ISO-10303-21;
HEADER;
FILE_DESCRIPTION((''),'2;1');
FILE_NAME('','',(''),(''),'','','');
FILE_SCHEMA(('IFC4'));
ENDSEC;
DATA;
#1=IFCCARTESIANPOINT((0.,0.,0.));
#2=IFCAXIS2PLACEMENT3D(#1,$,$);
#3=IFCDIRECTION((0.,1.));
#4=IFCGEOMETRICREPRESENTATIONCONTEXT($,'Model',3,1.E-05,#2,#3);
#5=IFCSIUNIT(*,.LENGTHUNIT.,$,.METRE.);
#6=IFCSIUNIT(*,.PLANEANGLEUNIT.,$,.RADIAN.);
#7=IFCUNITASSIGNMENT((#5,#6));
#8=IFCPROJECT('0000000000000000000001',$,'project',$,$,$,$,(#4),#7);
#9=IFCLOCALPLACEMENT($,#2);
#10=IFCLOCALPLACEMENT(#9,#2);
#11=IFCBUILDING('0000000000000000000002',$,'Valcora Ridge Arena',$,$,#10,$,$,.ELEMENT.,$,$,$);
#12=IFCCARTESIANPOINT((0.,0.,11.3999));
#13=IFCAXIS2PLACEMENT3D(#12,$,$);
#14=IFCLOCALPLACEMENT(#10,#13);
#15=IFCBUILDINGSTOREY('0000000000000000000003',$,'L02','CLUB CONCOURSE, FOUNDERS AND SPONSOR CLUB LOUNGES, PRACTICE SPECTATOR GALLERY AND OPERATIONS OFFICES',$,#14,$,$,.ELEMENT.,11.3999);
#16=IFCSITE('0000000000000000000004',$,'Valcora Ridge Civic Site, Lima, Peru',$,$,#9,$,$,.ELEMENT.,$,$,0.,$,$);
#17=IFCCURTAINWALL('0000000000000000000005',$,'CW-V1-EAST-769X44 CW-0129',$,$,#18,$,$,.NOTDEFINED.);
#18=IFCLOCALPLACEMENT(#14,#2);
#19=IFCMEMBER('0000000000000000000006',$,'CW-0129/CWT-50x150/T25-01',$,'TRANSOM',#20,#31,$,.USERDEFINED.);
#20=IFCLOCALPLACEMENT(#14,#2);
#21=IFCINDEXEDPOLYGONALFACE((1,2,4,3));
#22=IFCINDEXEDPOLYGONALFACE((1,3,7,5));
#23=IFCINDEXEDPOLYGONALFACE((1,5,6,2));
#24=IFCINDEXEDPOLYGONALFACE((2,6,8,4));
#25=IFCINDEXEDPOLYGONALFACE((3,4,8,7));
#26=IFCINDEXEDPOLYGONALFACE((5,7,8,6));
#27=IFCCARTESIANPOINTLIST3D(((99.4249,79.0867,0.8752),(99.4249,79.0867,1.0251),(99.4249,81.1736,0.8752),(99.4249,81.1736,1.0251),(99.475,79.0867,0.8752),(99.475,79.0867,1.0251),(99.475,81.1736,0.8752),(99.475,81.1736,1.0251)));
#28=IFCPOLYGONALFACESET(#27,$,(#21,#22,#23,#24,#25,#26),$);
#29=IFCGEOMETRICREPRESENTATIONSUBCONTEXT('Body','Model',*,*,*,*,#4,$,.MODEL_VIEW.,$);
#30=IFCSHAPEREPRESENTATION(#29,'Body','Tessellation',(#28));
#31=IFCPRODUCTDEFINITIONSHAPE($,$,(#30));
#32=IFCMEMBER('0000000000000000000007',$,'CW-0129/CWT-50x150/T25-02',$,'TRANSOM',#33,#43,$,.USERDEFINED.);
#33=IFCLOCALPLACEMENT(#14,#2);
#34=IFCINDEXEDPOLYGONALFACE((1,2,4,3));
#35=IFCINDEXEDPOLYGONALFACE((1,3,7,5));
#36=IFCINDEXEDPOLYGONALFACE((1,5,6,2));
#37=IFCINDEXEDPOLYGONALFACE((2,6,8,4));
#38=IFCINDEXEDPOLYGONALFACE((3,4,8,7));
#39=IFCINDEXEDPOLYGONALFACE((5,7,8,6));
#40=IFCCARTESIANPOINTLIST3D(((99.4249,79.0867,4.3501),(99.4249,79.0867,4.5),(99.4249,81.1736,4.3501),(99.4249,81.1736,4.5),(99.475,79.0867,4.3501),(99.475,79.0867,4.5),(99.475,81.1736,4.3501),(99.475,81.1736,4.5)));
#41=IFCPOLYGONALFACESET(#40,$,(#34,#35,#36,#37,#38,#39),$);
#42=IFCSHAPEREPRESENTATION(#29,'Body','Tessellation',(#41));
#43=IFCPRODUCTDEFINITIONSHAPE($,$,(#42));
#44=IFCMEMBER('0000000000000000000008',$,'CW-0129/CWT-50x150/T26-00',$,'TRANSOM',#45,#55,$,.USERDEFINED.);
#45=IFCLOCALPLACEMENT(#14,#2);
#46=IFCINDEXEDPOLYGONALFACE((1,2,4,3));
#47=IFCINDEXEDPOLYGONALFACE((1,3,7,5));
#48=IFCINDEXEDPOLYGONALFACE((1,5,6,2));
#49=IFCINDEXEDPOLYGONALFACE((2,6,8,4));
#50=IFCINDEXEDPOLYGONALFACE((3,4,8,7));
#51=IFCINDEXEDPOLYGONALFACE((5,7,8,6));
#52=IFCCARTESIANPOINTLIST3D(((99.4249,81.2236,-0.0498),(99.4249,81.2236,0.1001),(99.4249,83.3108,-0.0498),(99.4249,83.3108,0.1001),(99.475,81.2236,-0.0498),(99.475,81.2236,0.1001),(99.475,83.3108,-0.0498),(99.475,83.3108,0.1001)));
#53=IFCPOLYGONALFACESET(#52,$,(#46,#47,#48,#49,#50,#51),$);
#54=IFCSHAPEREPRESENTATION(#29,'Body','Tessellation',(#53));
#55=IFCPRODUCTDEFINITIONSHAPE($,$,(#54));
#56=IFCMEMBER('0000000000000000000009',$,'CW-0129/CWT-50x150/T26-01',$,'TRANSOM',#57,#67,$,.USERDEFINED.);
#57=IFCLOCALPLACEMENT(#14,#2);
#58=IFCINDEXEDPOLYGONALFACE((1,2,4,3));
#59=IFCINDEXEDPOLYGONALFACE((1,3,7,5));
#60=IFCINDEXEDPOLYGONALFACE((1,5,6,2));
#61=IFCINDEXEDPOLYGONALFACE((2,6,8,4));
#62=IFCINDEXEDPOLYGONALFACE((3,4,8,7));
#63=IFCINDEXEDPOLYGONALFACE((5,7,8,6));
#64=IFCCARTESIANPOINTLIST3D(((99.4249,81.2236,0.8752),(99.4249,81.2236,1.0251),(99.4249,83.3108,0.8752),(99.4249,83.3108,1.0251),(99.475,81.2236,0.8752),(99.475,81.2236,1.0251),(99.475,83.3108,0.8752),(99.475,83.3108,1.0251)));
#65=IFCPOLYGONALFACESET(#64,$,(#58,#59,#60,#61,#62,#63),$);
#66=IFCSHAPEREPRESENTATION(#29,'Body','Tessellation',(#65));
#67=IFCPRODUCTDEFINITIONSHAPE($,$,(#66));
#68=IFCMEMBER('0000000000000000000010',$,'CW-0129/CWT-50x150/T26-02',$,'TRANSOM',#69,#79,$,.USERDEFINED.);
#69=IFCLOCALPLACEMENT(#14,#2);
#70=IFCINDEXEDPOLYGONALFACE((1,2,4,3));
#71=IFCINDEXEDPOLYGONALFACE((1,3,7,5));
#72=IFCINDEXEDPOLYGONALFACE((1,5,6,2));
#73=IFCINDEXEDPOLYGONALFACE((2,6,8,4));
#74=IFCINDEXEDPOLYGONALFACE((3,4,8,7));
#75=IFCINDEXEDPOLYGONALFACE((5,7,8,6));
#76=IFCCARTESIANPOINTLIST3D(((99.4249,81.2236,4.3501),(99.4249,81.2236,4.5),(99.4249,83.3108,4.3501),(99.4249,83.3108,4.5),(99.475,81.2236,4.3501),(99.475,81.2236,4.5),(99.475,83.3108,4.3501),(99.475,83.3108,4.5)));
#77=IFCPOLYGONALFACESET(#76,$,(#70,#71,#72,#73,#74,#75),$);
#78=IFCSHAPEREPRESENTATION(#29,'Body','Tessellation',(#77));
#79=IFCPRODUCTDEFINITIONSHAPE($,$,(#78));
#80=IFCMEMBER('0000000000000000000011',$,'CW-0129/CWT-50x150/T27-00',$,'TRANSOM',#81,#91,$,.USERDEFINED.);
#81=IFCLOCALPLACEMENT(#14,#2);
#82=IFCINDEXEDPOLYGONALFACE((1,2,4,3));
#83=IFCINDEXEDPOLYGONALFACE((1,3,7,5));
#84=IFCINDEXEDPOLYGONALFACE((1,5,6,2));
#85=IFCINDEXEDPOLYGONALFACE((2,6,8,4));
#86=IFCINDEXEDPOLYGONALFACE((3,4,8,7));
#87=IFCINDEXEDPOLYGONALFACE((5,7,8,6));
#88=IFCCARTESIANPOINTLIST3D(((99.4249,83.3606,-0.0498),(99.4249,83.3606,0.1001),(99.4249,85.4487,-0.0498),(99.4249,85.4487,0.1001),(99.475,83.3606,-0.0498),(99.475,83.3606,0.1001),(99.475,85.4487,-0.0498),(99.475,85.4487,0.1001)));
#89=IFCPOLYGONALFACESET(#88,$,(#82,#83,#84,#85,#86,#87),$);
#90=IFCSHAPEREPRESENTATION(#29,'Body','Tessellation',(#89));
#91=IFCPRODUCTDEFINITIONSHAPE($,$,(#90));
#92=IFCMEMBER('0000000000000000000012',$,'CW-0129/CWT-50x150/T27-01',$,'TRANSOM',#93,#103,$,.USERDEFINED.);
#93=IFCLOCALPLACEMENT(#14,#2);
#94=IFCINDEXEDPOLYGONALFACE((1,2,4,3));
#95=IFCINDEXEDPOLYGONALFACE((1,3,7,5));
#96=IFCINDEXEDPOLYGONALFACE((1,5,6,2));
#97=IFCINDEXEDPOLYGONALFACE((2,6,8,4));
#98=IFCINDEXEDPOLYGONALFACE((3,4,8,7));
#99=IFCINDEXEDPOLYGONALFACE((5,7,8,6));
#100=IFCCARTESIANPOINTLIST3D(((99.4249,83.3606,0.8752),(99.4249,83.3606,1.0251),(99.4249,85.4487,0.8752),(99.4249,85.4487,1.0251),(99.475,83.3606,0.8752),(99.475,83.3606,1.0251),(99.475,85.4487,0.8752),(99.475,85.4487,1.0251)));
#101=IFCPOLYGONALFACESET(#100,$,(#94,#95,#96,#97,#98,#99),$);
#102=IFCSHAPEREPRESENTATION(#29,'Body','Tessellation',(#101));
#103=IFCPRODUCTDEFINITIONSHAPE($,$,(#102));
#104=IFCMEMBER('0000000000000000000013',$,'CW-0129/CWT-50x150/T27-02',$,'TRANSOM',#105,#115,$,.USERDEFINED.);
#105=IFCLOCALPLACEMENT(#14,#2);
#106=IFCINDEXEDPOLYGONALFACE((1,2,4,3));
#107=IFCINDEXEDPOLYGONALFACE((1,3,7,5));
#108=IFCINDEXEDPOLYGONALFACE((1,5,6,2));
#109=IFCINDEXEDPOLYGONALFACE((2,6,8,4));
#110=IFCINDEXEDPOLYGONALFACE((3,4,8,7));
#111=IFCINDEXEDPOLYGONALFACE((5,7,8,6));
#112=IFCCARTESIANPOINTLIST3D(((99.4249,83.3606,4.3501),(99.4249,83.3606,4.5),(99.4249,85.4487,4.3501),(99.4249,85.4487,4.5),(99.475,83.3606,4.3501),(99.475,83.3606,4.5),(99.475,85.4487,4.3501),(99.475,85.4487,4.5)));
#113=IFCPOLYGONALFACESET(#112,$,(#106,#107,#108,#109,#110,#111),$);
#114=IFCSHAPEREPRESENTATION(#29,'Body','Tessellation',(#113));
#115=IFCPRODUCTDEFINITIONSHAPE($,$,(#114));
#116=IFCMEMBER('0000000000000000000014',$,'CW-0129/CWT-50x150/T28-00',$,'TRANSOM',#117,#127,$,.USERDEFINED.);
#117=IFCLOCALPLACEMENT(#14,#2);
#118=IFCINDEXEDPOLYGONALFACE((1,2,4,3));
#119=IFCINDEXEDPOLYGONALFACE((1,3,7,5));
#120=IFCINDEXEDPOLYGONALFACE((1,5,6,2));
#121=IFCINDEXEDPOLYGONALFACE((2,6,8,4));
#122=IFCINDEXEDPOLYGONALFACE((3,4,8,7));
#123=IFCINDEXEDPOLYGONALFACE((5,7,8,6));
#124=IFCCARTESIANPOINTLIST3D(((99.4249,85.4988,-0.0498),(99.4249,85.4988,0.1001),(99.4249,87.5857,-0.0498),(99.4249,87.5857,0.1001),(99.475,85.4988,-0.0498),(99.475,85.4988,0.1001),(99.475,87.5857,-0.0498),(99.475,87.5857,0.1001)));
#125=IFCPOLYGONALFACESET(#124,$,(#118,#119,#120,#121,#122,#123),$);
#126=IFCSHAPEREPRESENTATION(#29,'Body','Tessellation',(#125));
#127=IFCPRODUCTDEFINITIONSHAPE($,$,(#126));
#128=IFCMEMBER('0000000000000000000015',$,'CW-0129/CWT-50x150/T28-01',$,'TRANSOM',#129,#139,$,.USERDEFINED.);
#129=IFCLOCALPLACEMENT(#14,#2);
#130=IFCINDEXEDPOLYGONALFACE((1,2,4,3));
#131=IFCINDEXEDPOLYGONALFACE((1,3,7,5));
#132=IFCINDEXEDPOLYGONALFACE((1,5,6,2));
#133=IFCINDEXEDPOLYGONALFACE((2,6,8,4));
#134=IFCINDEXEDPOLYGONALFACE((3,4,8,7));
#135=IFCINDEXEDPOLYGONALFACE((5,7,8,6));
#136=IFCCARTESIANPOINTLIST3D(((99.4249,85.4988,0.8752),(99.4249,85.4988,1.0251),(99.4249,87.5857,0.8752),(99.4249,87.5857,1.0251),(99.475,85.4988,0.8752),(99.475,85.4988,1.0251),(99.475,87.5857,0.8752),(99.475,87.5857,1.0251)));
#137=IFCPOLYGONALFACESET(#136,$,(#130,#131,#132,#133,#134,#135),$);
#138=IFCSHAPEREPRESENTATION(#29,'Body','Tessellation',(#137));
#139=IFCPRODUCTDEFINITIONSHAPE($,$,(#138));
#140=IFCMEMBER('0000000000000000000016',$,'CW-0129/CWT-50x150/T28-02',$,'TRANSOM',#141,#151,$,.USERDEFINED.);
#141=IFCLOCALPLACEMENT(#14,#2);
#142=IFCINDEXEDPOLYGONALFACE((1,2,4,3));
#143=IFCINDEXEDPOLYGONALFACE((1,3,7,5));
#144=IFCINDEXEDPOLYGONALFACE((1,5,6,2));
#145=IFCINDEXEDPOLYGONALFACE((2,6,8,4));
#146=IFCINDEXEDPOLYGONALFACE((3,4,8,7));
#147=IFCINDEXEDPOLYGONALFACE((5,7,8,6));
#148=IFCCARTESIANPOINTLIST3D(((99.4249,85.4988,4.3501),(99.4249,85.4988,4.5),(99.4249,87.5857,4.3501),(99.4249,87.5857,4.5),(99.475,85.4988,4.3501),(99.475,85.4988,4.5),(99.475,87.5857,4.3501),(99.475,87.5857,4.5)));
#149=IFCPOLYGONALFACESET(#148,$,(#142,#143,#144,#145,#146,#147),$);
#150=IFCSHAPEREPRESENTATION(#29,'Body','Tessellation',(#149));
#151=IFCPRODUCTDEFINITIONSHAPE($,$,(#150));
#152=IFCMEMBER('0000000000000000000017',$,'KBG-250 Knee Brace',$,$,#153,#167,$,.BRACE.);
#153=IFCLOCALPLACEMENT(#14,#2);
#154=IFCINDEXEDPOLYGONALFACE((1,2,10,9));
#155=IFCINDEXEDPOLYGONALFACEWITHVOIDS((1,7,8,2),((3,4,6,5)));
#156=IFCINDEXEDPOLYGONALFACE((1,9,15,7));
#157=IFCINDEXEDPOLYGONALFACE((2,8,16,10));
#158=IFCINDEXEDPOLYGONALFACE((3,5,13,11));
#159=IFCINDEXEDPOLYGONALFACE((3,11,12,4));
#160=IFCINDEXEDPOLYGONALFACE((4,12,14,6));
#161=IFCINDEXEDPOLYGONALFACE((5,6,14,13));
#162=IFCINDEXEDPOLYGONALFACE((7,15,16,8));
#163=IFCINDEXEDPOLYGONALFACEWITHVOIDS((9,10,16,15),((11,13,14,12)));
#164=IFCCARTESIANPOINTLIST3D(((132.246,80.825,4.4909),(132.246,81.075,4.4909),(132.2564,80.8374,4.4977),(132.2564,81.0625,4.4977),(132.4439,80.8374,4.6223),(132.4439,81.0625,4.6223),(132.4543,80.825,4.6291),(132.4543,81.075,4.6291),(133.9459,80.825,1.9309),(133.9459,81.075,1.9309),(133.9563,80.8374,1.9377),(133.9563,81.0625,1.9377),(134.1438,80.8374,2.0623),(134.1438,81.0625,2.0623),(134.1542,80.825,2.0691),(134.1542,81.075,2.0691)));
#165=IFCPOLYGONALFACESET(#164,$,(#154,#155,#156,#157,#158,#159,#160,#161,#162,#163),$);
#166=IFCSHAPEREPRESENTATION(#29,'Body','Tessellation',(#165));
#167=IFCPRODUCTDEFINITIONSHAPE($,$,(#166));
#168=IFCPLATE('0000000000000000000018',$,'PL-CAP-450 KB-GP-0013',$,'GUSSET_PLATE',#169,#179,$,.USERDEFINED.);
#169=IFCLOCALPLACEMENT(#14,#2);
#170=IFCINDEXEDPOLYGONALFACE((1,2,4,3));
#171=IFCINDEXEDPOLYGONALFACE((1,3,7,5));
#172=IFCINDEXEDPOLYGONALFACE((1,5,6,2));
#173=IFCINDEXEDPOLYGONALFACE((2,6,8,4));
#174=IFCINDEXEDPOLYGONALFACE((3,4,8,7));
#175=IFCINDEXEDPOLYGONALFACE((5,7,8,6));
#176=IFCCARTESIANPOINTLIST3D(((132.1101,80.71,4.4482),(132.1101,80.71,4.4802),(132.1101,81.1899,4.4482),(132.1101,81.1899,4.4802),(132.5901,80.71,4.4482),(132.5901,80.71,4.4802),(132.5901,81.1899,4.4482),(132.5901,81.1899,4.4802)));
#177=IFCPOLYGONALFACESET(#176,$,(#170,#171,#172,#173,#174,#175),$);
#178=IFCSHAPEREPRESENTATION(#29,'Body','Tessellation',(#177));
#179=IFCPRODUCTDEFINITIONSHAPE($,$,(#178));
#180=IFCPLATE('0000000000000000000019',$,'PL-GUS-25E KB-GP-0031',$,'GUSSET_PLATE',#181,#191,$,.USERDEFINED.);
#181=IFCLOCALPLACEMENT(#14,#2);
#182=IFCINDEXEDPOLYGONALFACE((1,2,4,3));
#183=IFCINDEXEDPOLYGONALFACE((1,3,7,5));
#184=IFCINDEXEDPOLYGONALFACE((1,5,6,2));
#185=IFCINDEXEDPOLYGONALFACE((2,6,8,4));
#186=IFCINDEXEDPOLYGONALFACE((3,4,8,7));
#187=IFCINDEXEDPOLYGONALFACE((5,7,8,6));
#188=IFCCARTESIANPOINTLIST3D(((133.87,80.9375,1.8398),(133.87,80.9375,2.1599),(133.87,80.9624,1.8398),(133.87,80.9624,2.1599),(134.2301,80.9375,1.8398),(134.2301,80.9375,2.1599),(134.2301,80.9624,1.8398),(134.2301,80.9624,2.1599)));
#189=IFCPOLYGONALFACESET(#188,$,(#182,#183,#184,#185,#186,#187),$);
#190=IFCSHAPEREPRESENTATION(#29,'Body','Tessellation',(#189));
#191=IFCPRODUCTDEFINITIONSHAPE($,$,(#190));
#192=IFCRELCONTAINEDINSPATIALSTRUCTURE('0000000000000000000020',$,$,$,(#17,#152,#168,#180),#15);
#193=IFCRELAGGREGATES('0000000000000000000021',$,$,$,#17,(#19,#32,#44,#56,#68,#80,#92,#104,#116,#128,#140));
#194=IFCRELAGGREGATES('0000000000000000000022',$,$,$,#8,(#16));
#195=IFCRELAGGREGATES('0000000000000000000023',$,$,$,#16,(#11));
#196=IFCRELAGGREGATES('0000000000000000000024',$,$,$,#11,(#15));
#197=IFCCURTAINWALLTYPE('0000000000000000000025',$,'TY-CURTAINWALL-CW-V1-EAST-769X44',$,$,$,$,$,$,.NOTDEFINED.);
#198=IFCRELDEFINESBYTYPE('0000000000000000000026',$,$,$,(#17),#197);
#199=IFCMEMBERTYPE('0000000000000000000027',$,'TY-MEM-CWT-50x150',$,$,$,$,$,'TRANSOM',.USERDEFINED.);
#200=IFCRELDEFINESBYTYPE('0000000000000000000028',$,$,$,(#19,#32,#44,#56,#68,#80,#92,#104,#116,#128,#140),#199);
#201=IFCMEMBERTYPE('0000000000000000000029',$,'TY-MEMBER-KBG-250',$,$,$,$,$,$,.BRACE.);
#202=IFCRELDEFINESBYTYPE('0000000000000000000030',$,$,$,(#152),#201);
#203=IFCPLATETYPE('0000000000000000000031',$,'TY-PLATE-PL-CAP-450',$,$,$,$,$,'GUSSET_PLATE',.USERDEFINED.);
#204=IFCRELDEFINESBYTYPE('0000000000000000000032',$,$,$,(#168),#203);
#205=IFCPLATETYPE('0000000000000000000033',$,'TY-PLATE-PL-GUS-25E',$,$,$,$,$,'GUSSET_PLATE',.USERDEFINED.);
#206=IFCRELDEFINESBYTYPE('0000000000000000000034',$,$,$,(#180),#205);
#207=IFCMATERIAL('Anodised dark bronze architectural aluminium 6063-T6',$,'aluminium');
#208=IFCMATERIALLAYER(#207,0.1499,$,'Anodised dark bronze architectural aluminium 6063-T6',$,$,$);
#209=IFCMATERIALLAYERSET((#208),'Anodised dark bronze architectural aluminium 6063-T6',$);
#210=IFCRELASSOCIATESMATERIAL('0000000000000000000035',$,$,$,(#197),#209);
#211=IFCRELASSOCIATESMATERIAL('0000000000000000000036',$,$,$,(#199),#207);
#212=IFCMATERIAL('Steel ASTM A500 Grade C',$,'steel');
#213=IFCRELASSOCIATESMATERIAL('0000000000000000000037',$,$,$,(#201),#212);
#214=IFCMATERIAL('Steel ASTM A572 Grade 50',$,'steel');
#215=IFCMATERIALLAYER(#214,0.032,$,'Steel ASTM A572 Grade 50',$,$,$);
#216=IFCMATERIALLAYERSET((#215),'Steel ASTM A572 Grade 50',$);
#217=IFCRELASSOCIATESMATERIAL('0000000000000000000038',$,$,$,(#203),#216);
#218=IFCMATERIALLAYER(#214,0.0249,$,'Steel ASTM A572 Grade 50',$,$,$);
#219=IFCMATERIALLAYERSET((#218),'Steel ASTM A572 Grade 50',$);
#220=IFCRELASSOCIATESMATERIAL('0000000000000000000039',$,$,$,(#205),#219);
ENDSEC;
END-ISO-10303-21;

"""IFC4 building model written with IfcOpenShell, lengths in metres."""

from ifc_helpers import new_model, si_unit, direction, frame, origin, origin_2d, place, context, subcontext, project, spatial, rectangle, hollow_rectangle, extrude, material, layer, layer_set, material_profile, profile_set, type_object, element, aggregate, save


model = new_model("IFC4")

# Units and contexts
model_context = context("Model", 3, precision=1e-05, world=origin(), true_north=direction((0.0, 1.0)))
body_context = subcontext(model_context, "Body", "Model", "MODEL_VIEW")
ifc_project = project(units=[si_unit("LENGTHUNIT", "METRE"), si_unit("PLANEANGLEUNIT", "RADIAN")], contexts=[model_context])

# Site, building, storey
site_placement = place(None, origin())
site = spatial("IfcSite", under=ifc_project, at=site_placement, Name="Valcora Ridge Civic Site, Lima, Peru", CompositionType="ELEMENT", RefElevation=0.0)
building_placement = place(site_placement, origin())
building = spatial("IfcBuilding", under=site, at=building_placement, Name="Valcora Ridge Arena", CompositionType="ELEMENT")
storey_placement = place(building_placement, frame((0.0, 0.0, 11.3999)))
storey = spatial("IfcBuildingStorey", under=building, at=storey_placement, Name="L02", Description="CLUB CONCOURSE, FOUNDERS AND SPONSOR CLUB LOUNGES, PRACTICE SPECTATOR GALLERY AND OPERATIONS OFFICES", CompositionType="ELEMENT", Elevation=11.3999)

# Shared definitions
ifc_material_1 = material(Name="Steel ASTM A500 Grade C", Category="steel")

# Curtain wall, members
ifc_material_2 = material(Name="Anodised dark bronze architectural aluminium 6063-T6", Category="aluminium")
ifc_layer_1 = layer(ifc_material_2, 0.1499, Name="Anodised dark bronze architectural aluminium 6063-T6")
ifc_layer_set_1 = layer_set([ifc_layer_1], Name="Anodised dark bronze architectural aluminium 6063-T6")
curtain_wall_type = type_object("IfcCurtainWallType", Name="TY-CURTAINWALL-CW-V1-EAST-769X44", PredefinedType="NOTDEFINED", material=ifc_layer_set_1)
curtain_wall_placement = place(storey_placement, origin())
curtain_wall = element("IfcCurtainWall", 1, at=curtain_wall_placement, inside=storey, type_object=curtain_wall_type, Name="CW-V1-EAST-769X44 CW-0129", PredefinedType="NOTDEFINED")
ifc_material_profile_1 = material_profile(ifc_material_2, rectangle(XDim=0.05, YDim=0.1499, at=origin_2d()), Name="ALU TRANSOM 50x150")
ifc_profile_set_1 = profile_set([ifc_material_profile_1], Name="Anodised dark bronze architectural aluminium 6063-T6")
member_type_1 = type_object("IfcMemberType", Name="TY-MEM-CWT-50x150", ElementType="TRANSOM", PredefinedType="USERDEFINED", material=ifc_profile_set_1)
member_1_placement = place(storey_placement, frame((99.45, 79.0867, 0.9502), z_axis=(0.0, 1.0, 0.0), x_axis=(-1.0, 0.0, 0.0)))
member_1 = element("IfcMember", 2, at=member_1_placement, type_object=member_type_1, Name="CW-0129/CWT-50x150/T25-01", ObjectType="TRANSOM", PredefinedType="USERDEFINED", context=body_context, shape_type="SweptSolid", body=[
    extrude(rectangle(XDim=0.05, YDim=0.1499, at=origin_2d()), origin(), (0.0, 0.0, 1.0), 2.0869),
])
member_2_placement = place(storey_placement, frame((99.45, 79.0867, 4.425), z_axis=(0.0, 1.0, 0.0), x_axis=(-1.0, 0.0, 0.0)))
member_2 = element("IfcMember", 3, at=member_2_placement, type_object=member_type_1, Name="CW-0129/CWT-50x150/T25-02", ObjectType="TRANSOM", PredefinedType="USERDEFINED", context=body_context, shape_type="SweptSolid", body=[
    extrude(rectangle(XDim=0.05, YDim=0.1499, at=origin_2d()), origin(), (0.0, 0.0, 1.0), 2.0869),
])
member_3_placement = place(storey_placement, frame((99.45, 81.2236, 0.0251), z_axis=(0.0, 1.0, 0.0), x_axis=(-1.0, 0.0, 0.0)))
member_3 = element("IfcMember", 4, at=member_3_placement, type_object=member_type_1, Name="CW-0129/CWT-50x150/T26-00", ObjectType="TRANSOM", PredefinedType="USERDEFINED", context=body_context, shape_type="SweptSolid", body=[
    extrude(rectangle(XDim=0.05, YDim=0.1499, at=origin_2d()), origin(), (0.0, 0.0, 1.0), 2.0872),
])
member_4_placement = place(storey_placement, frame((99.45, 81.2236, 0.9502), z_axis=(0.0, 1.0, 0.0), x_axis=(-1.0, 0.0, 0.0)))
member_4 = element("IfcMember", 5, at=member_4_placement, type_object=member_type_1, Name="CW-0129/CWT-50x150/T26-01", ObjectType="TRANSOM", PredefinedType="USERDEFINED", context=body_context, shape_type="SweptSolid", body=[
    extrude(rectangle(XDim=0.05, YDim=0.1499, at=origin_2d()), origin(), (0.0, 0.0, 1.0), 2.0872),
])
member_5_placement = place(storey_placement, frame((99.45, 81.2236, 4.425), z_axis=(0.0, 1.0, 0.0), x_axis=(-1.0, 0.0, 0.0)))
member_5 = element("IfcMember", 6, at=member_5_placement, type_object=member_type_1, Name="CW-0129/CWT-50x150/T26-02", ObjectType="TRANSOM", PredefinedType="USERDEFINED", context=body_context, shape_type="SweptSolid", body=[
    extrude(rectangle(XDim=0.05, YDim=0.1499, at=origin_2d()), origin(), (0.0, 0.0, 1.0), 2.0872),
])
member_6_placement = place(storey_placement, frame((99.45, 83.3606, 0.0251), z_axis=(0.0, 1.0, 0.0), x_axis=(-1.0, 0.0, 0.0)))
member_6 = element("IfcMember", 7, at=member_6_placement, type_object=member_type_1, Name="CW-0129/CWT-50x150/T27-00", ObjectType="TRANSOM", PredefinedType="USERDEFINED", context=body_context, shape_type="SweptSolid", body=[
    extrude(rectangle(XDim=0.05, YDim=0.1499, at=origin_2d()), origin(), (0.0, 0.0, 1.0), 2.0881),
])
member_7_placement = place(storey_placement, frame((99.45, 83.3606, 0.9502), z_axis=(0.0, 1.0, 0.0), x_axis=(-1.0, 0.0, 0.0)))
member_7 = element("IfcMember", 8, at=member_7_placement, type_object=member_type_1, Name="CW-0129/CWT-50x150/T27-01", ObjectType="TRANSOM", PredefinedType="USERDEFINED", context=body_context, shape_type="SweptSolid", body=[
    extrude(rectangle(XDim=0.05, YDim=0.1499, at=origin_2d()), origin(), (0.0, 0.0, 1.0), 2.0881),
])
member_8_placement = place(storey_placement, frame((99.45, 83.3606, 4.425), z_axis=(0.0, 1.0, 0.0), x_axis=(-1.0, 0.0, 0.0)))
member_8 = element("IfcMember", 9, at=member_8_placement, type_object=member_type_1, Name="CW-0129/CWT-50x150/T27-02", ObjectType="TRANSOM", PredefinedType="USERDEFINED", context=body_context, shape_type="SweptSolid", body=[
    extrude(rectangle(XDim=0.05, YDim=0.1499, at=origin_2d()), origin(), (0.0, 0.0, 1.0), 2.0881),
])
member_9_placement = place(storey_placement, frame((99.45, 85.4988, 0.0251), z_axis=(0.0, 1.0, 0.0), x_axis=(-1.0, 0.0, 0.0)))
member_9 = element("IfcMember", 10, at=member_9_placement, type_object=member_type_1, Name="CW-0129/CWT-50x150/T28-00", ObjectType="TRANSOM", PredefinedType="USERDEFINED", context=body_context, shape_type="SweptSolid", body=[
    extrude(rectangle(XDim=0.05, YDim=0.1499, at=origin_2d()), origin(), (0.0, 0.0, 1.0), 2.0869),
])
member_10_placement = place(storey_placement, frame((99.45, 85.4988, 0.9502), z_axis=(0.0, 1.0, 0.0), x_axis=(-1.0, 0.0, 0.0)))
member_10 = element("IfcMember", 11, at=member_10_placement, type_object=member_type_1, Name="CW-0129/CWT-50x150/T28-01", ObjectType="TRANSOM", PredefinedType="USERDEFINED", context=body_context, shape_type="SweptSolid", body=[
    extrude(rectangle(XDim=0.05, YDim=0.1499, at=origin_2d()), origin(), (0.0, 0.0, 1.0), 2.0869),
])
member_11_placement = place(storey_placement, frame((99.45, 85.4988, 4.425), z_axis=(0.0, 1.0, 0.0), x_axis=(-1.0, 0.0, 0.0)))
member_11 = element("IfcMember", 12, at=member_11_placement, type_object=member_type_1, Name="CW-0129/CWT-50x150/T28-02", ObjectType="TRANSOM", PredefinedType="USERDEFINED", context=body_context, shape_type="SweptSolid", body=[
    extrude(rectangle(XDim=0.05, YDim=0.1499, at=origin_2d()), origin(), (0.0, 0.0, 1.0), 2.0869),
])

# Member
ifc_material_profile_2 = material_profile(ifc_material_1, hollow_rectangle(XDim=0.25, YDim=0.25, WallThickness=0.0125, at=origin_2d()), Name="HSS250X250X12")
ifc_profile_set_2 = profile_set([ifc_material_profile_2], Name="Steel ASTM A500 Grade C")
member_type_2 = type_object("IfcMemberType", Name="TY-MEMBER-KBG-250", PredefinedType="BRACE", material=ifc_profile_set_2)
member_12_placement = place(storey_placement, frame((134.05, 80.95, 2.0), z_axis=(-0.553178, 0.0, 0.833063), x_axis=(0.0, -1.0, 0.0)))
element("IfcMember", 13, at=member_12_placement, inside=storey, type_object=member_type_2, Name="KBG-250 Knee Brace", PredefinedType="BRACE", context=body_context, shape_type="SweptSolid", body=[
    extrude(hollow_rectangle(XDim=0.25, YDim=0.25, WallThickness=0.0125, at=origin_2d()), origin(), (0.0, 0.0, 1.0), 3.073),
])

# Plates
ifc_material_3 = material(Name="Steel ASTM A572 Grade 50", Category="steel")
ifc_layer_2 = layer(ifc_material_3, 0.032, Name="Steel ASTM A572 Grade 50")
ifc_layer_set_2 = layer_set([ifc_layer_2], Name="Steel ASTM A572 Grade 50")
plate_type_1 = type_object("IfcPlateType", Name="TY-PLATE-PL-CAP-450", ElementType="GUSSET_PLATE", PredefinedType="USERDEFINED", material=ifc_layer_set_2)
plate_1_placement = place(storey_placement, frame((132.3501, 80.95, 4.4482), z_axis=(0.0, 0.0, 1.0), x_axis=(1.0, 0.0, 0.0)))
element("IfcPlate", 14, at=plate_1_placement, inside=storey, type_object=plate_type_1, Name="PL-CAP-450 KB-GP-0013", ObjectType="GUSSET_PLATE", PredefinedType="USERDEFINED", context=body_context, shape_type="SweptSolid", body=[
    extrude(rectangle(XDim=0.48, YDim=0.48, at=origin_2d()), origin(), (0.0, 0.0, 1.0), 0.032),
])
ifc_layer_3 = layer(ifc_material_3, 0.0249, Name="Steel ASTM A572 Grade 50")
ifc_layer_set_3 = layer_set([ifc_layer_3], Name="Steel ASTM A572 Grade 50")
plate_type_2 = type_object("IfcPlateType", Name="TY-PLATE-PL-GUS-25E", ElementType="GUSSET_PLATE", PredefinedType="USERDEFINED", material=ifc_layer_set_3)
plate_2_placement = place(storey_placement, frame((134.05, 80.95, 1.8398), z_axis=(0.0, 0.0, 1.0), x_axis=(1.0, 0.0, 0.0)))
element("IfcPlate", 15, at=plate_2_placement, inside=storey, type_object=plate_type_2, Name="PL-GUS-25E KB-GP-0031", ObjectType="GUSSET_PLATE", PredefinedType="USERDEFINED", context=body_context, shape_type="SweptSolid", body=[
    extrude(rectangle(XDim=0.3601, YDim=0.0249, at=origin_2d()), origin(), (0.0, 0.0, 1.0), 0.3201),
])

aggregate(curtain_wall, [member_1, member_2, member_3, member_4, member_5, member_6, member_7, member_8, member_9, member_10, member_11])

save(model, "model.ifc")
